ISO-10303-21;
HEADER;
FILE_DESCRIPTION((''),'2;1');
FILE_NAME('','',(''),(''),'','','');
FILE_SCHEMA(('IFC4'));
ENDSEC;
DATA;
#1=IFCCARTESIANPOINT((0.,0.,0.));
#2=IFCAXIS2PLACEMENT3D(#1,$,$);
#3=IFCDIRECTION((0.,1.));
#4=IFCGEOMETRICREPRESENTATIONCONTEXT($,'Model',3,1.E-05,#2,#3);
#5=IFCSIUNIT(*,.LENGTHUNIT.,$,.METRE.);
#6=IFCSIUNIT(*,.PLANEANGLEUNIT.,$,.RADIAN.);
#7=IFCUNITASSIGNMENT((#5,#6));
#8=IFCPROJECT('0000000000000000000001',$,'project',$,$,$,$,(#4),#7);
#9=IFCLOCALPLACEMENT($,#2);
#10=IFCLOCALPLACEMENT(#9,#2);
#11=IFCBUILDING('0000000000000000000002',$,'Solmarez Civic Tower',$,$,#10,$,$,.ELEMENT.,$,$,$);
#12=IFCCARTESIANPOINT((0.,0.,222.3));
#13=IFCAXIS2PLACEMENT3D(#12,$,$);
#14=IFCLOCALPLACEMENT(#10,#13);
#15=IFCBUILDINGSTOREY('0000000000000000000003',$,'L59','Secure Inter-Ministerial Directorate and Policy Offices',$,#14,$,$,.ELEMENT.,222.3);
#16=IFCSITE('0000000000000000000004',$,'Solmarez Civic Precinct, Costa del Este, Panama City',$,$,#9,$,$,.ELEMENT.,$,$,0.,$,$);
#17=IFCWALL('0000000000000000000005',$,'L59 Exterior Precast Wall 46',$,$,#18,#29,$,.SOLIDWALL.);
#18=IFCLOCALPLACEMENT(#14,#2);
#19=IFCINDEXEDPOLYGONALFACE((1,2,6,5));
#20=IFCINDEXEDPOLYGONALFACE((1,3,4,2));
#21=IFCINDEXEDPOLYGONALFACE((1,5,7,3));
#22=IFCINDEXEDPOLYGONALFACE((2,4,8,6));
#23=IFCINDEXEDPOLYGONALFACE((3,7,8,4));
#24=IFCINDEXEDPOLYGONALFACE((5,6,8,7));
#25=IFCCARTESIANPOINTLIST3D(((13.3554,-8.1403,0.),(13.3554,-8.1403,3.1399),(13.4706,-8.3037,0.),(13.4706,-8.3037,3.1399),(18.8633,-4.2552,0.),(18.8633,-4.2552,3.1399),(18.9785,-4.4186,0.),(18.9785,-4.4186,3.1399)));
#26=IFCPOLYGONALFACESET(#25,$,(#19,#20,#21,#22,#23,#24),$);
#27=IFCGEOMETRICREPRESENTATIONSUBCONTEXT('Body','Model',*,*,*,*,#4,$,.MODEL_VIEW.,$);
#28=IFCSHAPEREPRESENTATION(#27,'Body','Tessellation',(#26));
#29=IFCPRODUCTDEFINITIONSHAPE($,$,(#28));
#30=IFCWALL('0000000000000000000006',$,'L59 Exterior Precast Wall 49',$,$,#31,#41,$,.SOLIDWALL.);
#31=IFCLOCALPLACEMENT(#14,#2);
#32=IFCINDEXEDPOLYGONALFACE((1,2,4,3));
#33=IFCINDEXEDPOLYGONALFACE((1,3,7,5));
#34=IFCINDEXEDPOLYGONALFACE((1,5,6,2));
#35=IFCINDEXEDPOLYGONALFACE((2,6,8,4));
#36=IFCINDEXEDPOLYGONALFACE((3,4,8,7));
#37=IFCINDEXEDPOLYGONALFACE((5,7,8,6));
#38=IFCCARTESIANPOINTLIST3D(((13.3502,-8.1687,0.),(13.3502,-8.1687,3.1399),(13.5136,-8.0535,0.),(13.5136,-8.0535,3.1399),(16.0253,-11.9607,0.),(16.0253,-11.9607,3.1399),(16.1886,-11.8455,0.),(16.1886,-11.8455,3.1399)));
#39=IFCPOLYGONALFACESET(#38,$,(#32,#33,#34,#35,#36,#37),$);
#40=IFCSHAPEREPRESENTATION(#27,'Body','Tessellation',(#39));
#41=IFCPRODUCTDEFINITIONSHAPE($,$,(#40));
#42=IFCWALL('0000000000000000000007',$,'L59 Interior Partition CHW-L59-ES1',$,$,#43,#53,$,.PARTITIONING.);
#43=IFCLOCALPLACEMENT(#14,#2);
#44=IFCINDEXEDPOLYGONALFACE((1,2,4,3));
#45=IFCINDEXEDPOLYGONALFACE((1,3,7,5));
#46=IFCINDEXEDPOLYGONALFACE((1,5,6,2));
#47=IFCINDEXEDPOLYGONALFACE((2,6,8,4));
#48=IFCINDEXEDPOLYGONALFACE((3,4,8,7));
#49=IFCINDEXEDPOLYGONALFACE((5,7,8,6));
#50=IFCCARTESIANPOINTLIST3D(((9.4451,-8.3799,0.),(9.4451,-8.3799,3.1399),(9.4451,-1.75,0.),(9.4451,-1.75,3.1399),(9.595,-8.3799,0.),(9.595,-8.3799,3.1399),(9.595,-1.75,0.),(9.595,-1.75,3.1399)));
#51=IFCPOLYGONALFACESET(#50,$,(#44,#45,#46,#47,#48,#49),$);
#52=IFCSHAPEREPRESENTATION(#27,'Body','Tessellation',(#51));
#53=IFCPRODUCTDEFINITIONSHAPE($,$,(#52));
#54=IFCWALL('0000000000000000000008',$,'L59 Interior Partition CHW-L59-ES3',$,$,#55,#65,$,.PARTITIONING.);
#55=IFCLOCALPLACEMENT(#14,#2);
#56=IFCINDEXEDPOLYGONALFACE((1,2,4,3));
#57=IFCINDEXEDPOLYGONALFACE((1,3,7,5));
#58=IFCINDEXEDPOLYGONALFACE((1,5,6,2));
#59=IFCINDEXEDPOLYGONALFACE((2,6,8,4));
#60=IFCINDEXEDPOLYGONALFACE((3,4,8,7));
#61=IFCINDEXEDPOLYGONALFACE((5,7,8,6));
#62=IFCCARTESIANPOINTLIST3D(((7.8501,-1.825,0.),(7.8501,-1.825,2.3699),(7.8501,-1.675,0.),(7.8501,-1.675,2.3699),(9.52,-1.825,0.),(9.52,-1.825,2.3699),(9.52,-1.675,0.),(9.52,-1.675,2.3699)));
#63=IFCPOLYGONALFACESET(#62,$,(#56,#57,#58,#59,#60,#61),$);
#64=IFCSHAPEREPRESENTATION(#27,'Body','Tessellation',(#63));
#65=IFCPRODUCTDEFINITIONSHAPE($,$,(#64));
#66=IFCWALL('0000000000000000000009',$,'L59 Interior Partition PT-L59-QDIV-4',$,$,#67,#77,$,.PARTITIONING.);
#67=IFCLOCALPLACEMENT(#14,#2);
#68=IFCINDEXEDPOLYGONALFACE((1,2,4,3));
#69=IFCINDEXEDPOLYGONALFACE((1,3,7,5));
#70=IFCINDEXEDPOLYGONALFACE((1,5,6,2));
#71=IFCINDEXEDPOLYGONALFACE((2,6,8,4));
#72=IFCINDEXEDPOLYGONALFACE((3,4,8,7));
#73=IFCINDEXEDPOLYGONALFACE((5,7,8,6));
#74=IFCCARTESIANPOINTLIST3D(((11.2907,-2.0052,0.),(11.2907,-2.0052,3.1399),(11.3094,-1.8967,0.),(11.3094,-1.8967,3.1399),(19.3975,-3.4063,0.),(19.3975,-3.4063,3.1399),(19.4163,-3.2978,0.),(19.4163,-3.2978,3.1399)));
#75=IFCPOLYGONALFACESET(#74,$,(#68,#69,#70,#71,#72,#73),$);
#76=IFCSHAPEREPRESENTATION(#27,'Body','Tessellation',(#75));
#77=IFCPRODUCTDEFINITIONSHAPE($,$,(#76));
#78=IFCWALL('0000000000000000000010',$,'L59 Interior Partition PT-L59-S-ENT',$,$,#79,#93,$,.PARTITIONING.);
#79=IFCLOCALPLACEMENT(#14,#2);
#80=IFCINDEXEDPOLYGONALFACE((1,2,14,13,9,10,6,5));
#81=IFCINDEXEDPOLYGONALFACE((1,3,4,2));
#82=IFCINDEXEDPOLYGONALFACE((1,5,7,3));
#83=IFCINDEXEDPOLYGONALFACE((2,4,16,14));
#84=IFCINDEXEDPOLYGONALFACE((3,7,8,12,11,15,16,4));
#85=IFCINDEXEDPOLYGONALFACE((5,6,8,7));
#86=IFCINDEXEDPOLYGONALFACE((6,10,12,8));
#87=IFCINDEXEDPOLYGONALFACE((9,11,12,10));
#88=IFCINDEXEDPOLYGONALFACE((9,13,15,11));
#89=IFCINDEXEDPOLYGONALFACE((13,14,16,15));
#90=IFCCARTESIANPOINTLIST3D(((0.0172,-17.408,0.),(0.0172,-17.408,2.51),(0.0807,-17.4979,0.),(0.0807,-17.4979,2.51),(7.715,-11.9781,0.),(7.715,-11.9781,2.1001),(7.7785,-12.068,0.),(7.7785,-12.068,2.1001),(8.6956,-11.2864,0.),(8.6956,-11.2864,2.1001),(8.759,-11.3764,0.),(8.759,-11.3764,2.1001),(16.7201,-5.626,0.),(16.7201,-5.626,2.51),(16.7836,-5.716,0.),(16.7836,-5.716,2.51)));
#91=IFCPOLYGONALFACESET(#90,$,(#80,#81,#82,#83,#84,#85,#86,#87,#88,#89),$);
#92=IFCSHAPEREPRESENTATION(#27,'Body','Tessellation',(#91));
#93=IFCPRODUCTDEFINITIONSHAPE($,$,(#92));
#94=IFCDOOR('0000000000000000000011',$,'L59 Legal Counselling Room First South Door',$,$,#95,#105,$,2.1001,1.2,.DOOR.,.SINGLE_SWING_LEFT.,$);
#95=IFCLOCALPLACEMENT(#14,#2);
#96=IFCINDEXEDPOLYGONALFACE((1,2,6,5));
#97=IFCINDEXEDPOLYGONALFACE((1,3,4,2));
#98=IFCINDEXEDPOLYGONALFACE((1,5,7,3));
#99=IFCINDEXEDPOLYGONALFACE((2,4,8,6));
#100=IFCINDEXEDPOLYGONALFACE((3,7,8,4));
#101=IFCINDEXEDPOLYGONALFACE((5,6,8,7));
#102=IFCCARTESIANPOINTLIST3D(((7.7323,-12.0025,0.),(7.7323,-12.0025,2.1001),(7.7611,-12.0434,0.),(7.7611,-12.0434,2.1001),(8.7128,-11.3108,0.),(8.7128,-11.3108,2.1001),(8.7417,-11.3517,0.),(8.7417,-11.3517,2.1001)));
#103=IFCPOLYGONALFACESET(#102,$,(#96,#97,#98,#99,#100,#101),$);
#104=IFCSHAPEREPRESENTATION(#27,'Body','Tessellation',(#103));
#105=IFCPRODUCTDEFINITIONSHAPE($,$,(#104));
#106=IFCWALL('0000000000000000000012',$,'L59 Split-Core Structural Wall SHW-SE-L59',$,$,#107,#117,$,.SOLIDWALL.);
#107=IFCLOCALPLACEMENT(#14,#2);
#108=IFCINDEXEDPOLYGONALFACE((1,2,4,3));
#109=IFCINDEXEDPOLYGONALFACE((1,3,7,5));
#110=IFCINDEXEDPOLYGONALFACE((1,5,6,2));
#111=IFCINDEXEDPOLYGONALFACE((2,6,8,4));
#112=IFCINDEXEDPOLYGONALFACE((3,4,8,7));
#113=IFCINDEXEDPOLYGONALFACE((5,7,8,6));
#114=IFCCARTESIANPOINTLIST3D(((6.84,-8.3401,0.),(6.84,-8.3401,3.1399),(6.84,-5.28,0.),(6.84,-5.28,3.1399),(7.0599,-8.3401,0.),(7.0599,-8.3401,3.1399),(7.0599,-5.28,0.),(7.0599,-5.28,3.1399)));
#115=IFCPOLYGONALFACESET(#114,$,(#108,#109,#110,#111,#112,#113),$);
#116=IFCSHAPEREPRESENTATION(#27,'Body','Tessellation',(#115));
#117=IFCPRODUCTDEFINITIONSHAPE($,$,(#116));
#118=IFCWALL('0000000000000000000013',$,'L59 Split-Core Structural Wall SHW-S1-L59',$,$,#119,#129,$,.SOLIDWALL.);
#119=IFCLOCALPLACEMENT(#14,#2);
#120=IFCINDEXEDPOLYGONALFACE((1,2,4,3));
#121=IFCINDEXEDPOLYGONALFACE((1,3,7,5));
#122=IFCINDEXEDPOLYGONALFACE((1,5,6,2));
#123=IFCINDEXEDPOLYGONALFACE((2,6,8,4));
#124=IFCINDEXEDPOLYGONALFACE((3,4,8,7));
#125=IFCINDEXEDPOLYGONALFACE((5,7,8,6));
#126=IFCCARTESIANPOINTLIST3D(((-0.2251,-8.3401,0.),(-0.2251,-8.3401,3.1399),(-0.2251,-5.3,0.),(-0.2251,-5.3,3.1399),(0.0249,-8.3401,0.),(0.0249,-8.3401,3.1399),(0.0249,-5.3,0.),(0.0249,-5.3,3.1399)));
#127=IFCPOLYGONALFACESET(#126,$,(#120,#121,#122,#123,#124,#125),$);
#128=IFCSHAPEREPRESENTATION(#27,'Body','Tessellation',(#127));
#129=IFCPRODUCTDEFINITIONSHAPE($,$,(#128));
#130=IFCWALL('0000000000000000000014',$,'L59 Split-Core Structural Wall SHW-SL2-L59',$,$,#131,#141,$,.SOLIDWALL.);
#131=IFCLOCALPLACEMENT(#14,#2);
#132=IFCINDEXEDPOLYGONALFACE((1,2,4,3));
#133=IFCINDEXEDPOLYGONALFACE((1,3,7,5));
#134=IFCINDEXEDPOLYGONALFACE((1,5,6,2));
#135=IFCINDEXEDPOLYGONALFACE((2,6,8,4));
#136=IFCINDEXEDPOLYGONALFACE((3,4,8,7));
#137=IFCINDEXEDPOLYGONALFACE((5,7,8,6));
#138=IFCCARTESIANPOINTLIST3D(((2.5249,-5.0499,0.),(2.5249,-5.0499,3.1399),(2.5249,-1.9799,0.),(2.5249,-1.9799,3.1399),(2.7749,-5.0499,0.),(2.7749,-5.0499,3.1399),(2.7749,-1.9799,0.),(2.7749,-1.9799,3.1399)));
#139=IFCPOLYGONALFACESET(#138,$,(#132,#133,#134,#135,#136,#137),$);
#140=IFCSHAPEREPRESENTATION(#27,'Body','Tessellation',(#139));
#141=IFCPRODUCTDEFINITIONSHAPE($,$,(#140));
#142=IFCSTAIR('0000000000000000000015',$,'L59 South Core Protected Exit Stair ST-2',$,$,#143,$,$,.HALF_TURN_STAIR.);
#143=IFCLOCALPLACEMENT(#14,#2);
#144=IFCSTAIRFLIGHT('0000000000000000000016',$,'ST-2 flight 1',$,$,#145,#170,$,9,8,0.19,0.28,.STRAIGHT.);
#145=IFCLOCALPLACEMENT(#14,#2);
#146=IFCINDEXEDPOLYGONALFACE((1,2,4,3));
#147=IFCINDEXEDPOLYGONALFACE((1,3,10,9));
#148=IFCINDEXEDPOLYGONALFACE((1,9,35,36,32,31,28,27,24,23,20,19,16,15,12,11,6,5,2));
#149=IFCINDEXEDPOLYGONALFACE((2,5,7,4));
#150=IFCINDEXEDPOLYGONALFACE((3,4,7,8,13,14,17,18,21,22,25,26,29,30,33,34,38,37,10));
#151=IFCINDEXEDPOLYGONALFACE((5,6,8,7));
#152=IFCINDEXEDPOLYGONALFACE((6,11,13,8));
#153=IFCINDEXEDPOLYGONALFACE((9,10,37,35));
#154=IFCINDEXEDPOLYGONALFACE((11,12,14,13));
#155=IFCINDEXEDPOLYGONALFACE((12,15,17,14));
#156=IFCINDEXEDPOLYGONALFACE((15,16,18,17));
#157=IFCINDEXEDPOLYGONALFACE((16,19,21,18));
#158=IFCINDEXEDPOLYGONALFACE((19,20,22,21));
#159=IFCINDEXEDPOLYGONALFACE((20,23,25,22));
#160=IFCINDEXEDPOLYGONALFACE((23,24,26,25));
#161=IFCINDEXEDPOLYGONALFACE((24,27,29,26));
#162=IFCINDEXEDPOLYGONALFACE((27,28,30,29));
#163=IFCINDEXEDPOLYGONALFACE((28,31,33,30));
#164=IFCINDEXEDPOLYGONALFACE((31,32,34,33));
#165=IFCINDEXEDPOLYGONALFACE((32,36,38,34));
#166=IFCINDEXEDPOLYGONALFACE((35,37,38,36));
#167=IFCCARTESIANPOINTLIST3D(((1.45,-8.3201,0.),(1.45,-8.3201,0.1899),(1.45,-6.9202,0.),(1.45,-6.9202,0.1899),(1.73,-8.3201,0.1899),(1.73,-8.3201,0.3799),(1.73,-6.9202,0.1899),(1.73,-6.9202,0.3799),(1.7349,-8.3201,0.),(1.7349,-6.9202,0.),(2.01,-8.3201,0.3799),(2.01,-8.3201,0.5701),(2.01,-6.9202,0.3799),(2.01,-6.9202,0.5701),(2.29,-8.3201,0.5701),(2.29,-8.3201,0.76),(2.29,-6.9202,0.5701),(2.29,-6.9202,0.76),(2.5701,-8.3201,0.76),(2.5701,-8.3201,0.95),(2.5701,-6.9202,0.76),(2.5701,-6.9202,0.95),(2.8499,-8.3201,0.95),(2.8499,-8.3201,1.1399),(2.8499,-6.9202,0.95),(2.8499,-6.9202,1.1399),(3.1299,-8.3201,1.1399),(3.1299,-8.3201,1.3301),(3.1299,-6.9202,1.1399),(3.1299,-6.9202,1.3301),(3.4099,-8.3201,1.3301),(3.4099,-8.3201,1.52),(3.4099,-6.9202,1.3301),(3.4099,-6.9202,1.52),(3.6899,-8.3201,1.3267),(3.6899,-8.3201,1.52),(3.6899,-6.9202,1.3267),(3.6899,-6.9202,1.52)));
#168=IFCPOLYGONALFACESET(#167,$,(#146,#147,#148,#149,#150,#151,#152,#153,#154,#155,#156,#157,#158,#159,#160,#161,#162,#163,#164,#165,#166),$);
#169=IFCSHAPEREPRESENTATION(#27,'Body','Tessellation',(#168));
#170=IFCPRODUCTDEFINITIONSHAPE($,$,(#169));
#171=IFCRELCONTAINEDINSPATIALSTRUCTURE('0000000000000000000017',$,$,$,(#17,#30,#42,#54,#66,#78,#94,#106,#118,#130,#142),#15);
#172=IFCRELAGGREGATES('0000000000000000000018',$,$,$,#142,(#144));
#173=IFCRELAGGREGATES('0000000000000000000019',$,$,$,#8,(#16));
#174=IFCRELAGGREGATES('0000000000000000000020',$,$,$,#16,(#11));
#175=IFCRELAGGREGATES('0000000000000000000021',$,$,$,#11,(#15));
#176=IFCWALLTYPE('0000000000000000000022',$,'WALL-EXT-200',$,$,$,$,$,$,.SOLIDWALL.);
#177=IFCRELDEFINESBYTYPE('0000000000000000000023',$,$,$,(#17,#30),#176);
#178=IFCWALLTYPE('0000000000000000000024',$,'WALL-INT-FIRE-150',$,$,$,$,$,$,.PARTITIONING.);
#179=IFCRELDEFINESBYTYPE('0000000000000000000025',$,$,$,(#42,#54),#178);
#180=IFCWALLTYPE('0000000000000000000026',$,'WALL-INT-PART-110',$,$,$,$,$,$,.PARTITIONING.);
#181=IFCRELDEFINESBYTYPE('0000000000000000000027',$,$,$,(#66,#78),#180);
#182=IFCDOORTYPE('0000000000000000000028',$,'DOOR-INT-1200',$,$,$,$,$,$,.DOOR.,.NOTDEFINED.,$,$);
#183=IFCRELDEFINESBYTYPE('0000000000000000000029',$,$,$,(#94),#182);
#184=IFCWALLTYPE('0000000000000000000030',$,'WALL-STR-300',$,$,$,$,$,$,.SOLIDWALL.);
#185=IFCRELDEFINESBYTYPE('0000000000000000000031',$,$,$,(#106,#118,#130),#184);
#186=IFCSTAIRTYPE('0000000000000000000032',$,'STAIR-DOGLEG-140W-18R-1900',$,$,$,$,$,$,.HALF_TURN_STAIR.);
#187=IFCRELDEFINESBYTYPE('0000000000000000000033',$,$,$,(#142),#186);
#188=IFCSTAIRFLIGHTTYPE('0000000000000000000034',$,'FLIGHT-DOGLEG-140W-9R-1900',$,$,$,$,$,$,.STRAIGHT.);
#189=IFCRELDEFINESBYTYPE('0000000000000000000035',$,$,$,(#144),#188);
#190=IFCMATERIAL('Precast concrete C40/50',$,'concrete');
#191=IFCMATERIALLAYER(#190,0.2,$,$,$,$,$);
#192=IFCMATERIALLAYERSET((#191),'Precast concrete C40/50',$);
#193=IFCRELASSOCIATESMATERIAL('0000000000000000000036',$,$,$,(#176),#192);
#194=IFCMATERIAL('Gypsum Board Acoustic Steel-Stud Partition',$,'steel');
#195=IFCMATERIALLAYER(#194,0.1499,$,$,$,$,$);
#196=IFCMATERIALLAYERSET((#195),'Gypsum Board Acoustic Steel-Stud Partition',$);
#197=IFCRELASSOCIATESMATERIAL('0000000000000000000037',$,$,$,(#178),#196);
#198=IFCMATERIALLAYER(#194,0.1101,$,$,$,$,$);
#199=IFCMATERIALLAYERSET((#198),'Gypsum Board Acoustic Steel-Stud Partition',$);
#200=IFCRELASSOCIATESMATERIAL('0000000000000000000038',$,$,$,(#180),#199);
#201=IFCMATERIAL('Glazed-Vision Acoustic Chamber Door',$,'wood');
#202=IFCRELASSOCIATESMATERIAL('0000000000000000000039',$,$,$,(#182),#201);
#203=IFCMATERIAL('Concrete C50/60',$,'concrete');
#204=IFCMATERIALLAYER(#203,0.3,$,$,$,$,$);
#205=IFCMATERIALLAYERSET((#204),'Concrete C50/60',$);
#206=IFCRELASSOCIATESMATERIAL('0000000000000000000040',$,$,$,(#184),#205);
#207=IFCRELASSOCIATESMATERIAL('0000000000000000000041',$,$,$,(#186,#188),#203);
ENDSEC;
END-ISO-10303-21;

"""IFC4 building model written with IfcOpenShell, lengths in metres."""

from ifc_helpers import new_model, si_unit, direction, frame, frame_2d, origin, place, context, subcontext, project, spatial, polyline, rectangle, outline, extrude, material, layer, layer_set, type_object, element, fill, aggregate, save


model = new_model("IFC4")

# Units and contexts
model_context = context("Model", 3, precision=1e-05, world=origin(), true_north=direction((0.0, 1.0)))
body_context = subcontext(model_context, "Body", "Model", "MODEL_VIEW")
ifc_project = project(units=[si_unit("LENGTHUNIT", "METRE"), si_unit("PLANEANGLEUNIT", "RADIAN")], contexts=[model_context])

# Site, building, storey
site_placement = place(None, origin())
site = spatial("IfcSite", under=ifc_project, at=site_placement, Name="Solmarez Civic Precinct, Costa del Este, Panama City", CompositionType="ELEMENT", RefElevation=0.0)
building_placement = place(site_placement, origin())
building = spatial("IfcBuilding", under=site, at=building_placement, Name="Solmarez Civic Tower", CompositionType="ELEMENT")
storey_placement = place(building_placement, frame((0.0, 0.0, 222.3)))
storey = spatial("IfcBuildingStorey", under=building, at=storey_placement, Name="L59", Description="Secure Inter-Ministerial Directorate and Policy Offices", CompositionType="ELEMENT", Elevation=222.3)

# Shared definitions
ifc_material_1 = material(Name="Concrete C50/60", Category="concrete")

# Walls
ifc_material_2 = material(Name="Precast concrete C40/50", Category="concrete")
ifc_layer_1 = layer(ifc_material_2, 0.2)
ifc_layer_set_1 = layer_set([ifc_layer_1], Name="Precast concrete C40/50")
wall_type_1 = type_object("IfcWallType", Name="WALL-EXT-200", PredefinedType="SOLIDWALL", material=ifc_layer_set_1)
wall_1_placement = place(storey_placement, frame((18.9209, -4.3369, 0.0), z_axis=(0.0, 0.0, 1.0), x_axis=(-0.817168, -0.5764, 0.0)))
element("IfcWall", 1, at=wall_1_placement, inside=storey, type_object=wall_type_1, Name="L59 Exterior Precast Wall 46", PredefinedType="SOLIDWALL", context=body_context, shape_type="SweptSolid", body=[
    extrude(rectangle(XDim=6.7402, YDim=0.2, at=frame_2d((3.3701, 0.0))), origin(), (0.0, 0.0, 1.0), 3.1399),
])
wall_2_placement = place(storey_placement, frame((13.4319, -8.1111, 0.0), z_axis=(0.0, 0.0, 1.0), x_axis=(0.576446, -0.817135, 0.0)))
element("IfcWall", 2, at=wall_2_placement, inside=storey, type_object=wall_type_1, Name="L59 Exterior Precast Wall 49", PredefinedType="SOLIDWALL", context=body_context, shape_type="SweptSolid", body=[
    extrude(rectangle(XDim=4.6406, YDim=0.2, at=frame_2d((2.3203, 0.0))), origin(), (0.0, 0.0, 1.0), 3.1399),
])
ifc_material_3 = material(Name="Gypsum Board Acoustic Steel-Stud Partition", Category="steel")
ifc_layer_2 = layer(ifc_material_3, 0.1499)
ifc_layer_set_2 = layer_set([ifc_layer_2], Name="Gypsum Board Acoustic Steel-Stud Partition")
wall_type_2 = type_object("IfcWallType", Name="WALL-INT-FIRE-150", PredefinedType="PARTITIONING", material=ifc_layer_set_2)
wall_3_placement = place(storey_placement, frame((9.52, -8.3799, 0.0), z_axis=(0.0, 0.0, 1.0), x_axis=(0.0, 1.0, 0.0)))
element("IfcWall", 3, at=wall_3_placement, inside=storey, type_object=wall_type_2, Name="L59 Interior Partition CHW-L59-ES1", PredefinedType="PARTITIONING", context=body_context, shape_type="SweptSolid", body=[
    extrude(rectangle(XDim=6.6299, YDim=0.1499, at=frame_2d((3.3149, 0.0))), origin(), (0.0, 0.0, 1.0), 3.1399),
])
wall_4_placement = place(storey_placement, frame((7.8501, -1.75, 0.0), z_axis=(0.0, 0.0, 1.0), x_axis=(1.0, 0.0, 0.0)))
element("IfcWall", 4, at=wall_4_placement, inside=storey, type_object=wall_type_2, Name="L59 Interior Partition CHW-L59-ES3", PredefinedType="PARTITIONING", context=body_context, shape_type="SweptSolid", body=[
    extrude(rectangle(XDim=1.6699, YDim=0.1499, at=frame_2d((0.835, 0.0))), origin(), (0.0, 0.0, 1.0), 2.3699),
])
ifc_layer_3 = layer(ifc_material_3, 0.1101)
ifc_layer_set_3 = layer_set([ifc_layer_3], Name="Gypsum Board Acoustic Steel-Stud Partition")
wall_type_3 = type_object("IfcWallType", Name="WALL-INT-PART-110", PredefinedType="PARTITIONING", material=ifc_layer_set_3)
wall_5_placement = place(storey_placement, frame((11.3, -1.9509, 0.0), z_axis=(0.0, 0.0, 1.0), x_axis=(0.985391, -0.170305, 0.0)))
element("IfcWall", 5, at=wall_5_placement, inside=storey, type_object=wall_type_3, Name="L59 Interior Partition PT-L59-QDIV-4", PredefinedType="PARTITIONING", context=body_context, shape_type="SweptSolid", body=[
    extrude(rectangle(XDim=8.2271, YDim=0.1101, at=frame_2d((4.1135, 0.0))), origin(), (0.0, 0.0, 1.0), 3.1399),
])

# Wall, opening, door
wall_6_placement = place(storey_placement, frame((16.752, -5.6709, 0.0), z_axis=(0.0, 0.0, 1.0), x_axis=(-0.817159, -0.576413, 0.0)))
wall_6 = element("IfcWall", 6, at=wall_6_placement, inside=storey, type_object=wall_type_3, Name="L59 Interior Partition PT-L59-S-ENT", PredefinedType="PARTITIONING", context=body_context, shape_type="SweptSolid", body=[
    extrude(rectangle(XDim=20.4402, YDim=0.1101, at=frame_2d((10.2202, 0.0))), origin(), (0.0, 0.0, 1.0), 2.51),
])
opening_placement = place(wall_6_placement, frame((9.8201, 0.0, 0.0)))
opening = element("IfcOpeningElement", 7, at=opening_placement, cuts=wall_6, PredefinedType="OPENING", context=body_context, shape_type="SweptSolid", body=[
    extrude(rectangle(XDim=1.2, YDim=2.1001, at=frame_2d((0.6001, 1.05))), frame((0.0, 0.0649, 0.0), z_axis=(0.0, -1.0, 0.0), x_axis=(1.0, 0.0, 0.0)), (0.0, 0.0, 1.0), 0.1301),
])
ifc_material_4 = material(Name="Glazed-Vision Acoustic Chamber Door", Category="wood")
door_type = type_object("IfcDoorType", Name="DOOR-INT-1200", OperationType="NOTDEFINED", PredefinedType="DOOR", material=ifc_material_4)
door_placement = place(opening_placement, origin())
door = element("IfcDoor", 8, at=door_placement, inside=storey, type_object=door_type, Name="L59 Legal Counselling Room First South Door", OperationType="SINGLE_SWING_LEFT", OverallHeight=2.1001, OverallWidth=1.2, PredefinedType="DOOR", context=body_context, shape_type="SweptSolid", body=[
    extrude(rectangle(XDim=1.2, YDim=2.1001, at=frame_2d((0.6001, 1.05))), frame((0.0, 0.0249, 0.0), z_axis=(0.0, -1.0, 0.0), x_axis=(1.0, 0.0, 0.0)), (0.0, 0.0, 1.0), 0.05),
])
fill(opening, door)

# Walls
ifc_layer_4 = layer(ifc_material_1, 0.3)
ifc_layer_set_4 = layer_set([ifc_layer_4], Name="Concrete C50/60")
wall_type_4 = type_object("IfcWallType", Name="WALL-STR-300", PredefinedType="SOLIDWALL", material=ifc_layer_set_4)
wall_7_placement = place(storey_placement, frame((6.95, -8.3401, 0.0), z_axis=(0.0, 0.0, 1.0), x_axis=(0.0, 1.0, 0.0)))
element("IfcWall", 9, at=wall_7_placement, inside=storey, type_object=wall_type_4, Name="L59 Split-Core Structural Wall SHW-SE-L59", PredefinedType="SOLIDWALL", context=body_context, shape_type="SweptSolid", body=[
    extrude(rectangle(XDim=3.0601, YDim=0.22, at=frame_2d((1.53, 0.0))), origin(), (0.0, 0.0, 1.0), 3.1399),
])
wall_8_placement = place(storey_placement, frame((-0.1001, -8.3401, 0.0), z_axis=(0.0, 0.0, 1.0), x_axis=(0.0, 1.0, 0.0)))
element("IfcWall", 10, at=wall_8_placement, inside=storey, type_object=wall_type_4, Name="L59 Split-Core Structural Wall SHW-S1-L59", PredefinedType="SOLIDWALL", context=body_context, shape_type="SweptSolid", body=[
    extrude(rectangle(XDim=3.04, YDim=0.25, at=frame_2d((1.52, 0.0))), origin(), (0.0, 0.0, 1.0), 3.1399),
])
wall_9_placement = place(storey_placement, frame((2.6499, -5.05, 0.0), z_axis=(0.0, 0.0, 1.0), x_axis=(0.0, 1.0, 0.0)))
element("IfcWall", 11, at=wall_9_placement, inside=storey, type_object=wall_type_4, Name="L59 Split-Core Structural Wall SHW-SL2-L59", PredefinedType="SOLIDWALL", context=body_context, shape_type="SweptSolid", body=[
    extrude(rectangle(XDim=3.0701, YDim=0.25, at=frame_2d((1.5352, 0.0))), origin(), (0.0, 0.0, 1.0), 3.1399),
])

# Stair, stair flight
stair_type = type_object("IfcStairType", Name="STAIR-DOGLEG-140W-18R-1900", PredefinedType="HALF_TURN_STAIR", material=ifc_material_1)
stair_placement = place(storey_placement, origin())
stair = element("IfcStair", 12, at=stair_placement, inside=storey, type_object=stair_type, Name="L59 South Core Protected Exit Stair ST-2", PredefinedType="HALF_TURN_STAIR")
stair_flight_type = type_object("IfcStairFlightType", Name="FLIGHT-DOGLEG-140W-9R-1900", PredefinedType="STRAIGHT", material=ifc_material_1)
stair_flight_1_placement = place(storey_placement, frame((1.45, -7.6201, 0.0), z_axis=(0.0, 0.0, 1.0), x_axis=(1.0, 0.0, 0.0)))
stair_flight_1 = element("IfcStairFlight", 13, at=stair_flight_1_placement, type_object=stair_flight_type, Name="ST-2 flight 1", NumberOfRisers=9, NumberOfTreads=8, PredefinedType="STRAIGHT", RiserHeight=0.19, TreadLength=0.28, context=body_context, shape_type="SweptSolid", body=[
    extrude(outline(polyline([(0.0, 0.0), (0.0, 0.1899), (0.28, 0.1899), (0.28, 0.3799), (0.5601, 0.3799), (0.5601, 0.5701), (0.8401, 0.5701), (0.8401, 0.76), (1.1201, 0.76), (1.1201, 0.95), (1.3999, 0.95), (1.3999, 1.1399), (1.6799, 1.1399), (1.6799, 1.3301), (1.96, 1.3301), (1.96, 1.52), (2.24, 1.52), (2.24, 1.71), (2.24, 1.3267), (0.2849, 0.0), (0.0, 0.0)])), frame((0.0, 0.7, 0.0), z_axis=(0.0, -1.0, 0.0), x_axis=(1.0, 0.0, 0.0)), (0.0, 0.0, 1.0), 1.3999),
])
aggregate(stair, [stair_flight_1])

save(model, "model.ifc")
